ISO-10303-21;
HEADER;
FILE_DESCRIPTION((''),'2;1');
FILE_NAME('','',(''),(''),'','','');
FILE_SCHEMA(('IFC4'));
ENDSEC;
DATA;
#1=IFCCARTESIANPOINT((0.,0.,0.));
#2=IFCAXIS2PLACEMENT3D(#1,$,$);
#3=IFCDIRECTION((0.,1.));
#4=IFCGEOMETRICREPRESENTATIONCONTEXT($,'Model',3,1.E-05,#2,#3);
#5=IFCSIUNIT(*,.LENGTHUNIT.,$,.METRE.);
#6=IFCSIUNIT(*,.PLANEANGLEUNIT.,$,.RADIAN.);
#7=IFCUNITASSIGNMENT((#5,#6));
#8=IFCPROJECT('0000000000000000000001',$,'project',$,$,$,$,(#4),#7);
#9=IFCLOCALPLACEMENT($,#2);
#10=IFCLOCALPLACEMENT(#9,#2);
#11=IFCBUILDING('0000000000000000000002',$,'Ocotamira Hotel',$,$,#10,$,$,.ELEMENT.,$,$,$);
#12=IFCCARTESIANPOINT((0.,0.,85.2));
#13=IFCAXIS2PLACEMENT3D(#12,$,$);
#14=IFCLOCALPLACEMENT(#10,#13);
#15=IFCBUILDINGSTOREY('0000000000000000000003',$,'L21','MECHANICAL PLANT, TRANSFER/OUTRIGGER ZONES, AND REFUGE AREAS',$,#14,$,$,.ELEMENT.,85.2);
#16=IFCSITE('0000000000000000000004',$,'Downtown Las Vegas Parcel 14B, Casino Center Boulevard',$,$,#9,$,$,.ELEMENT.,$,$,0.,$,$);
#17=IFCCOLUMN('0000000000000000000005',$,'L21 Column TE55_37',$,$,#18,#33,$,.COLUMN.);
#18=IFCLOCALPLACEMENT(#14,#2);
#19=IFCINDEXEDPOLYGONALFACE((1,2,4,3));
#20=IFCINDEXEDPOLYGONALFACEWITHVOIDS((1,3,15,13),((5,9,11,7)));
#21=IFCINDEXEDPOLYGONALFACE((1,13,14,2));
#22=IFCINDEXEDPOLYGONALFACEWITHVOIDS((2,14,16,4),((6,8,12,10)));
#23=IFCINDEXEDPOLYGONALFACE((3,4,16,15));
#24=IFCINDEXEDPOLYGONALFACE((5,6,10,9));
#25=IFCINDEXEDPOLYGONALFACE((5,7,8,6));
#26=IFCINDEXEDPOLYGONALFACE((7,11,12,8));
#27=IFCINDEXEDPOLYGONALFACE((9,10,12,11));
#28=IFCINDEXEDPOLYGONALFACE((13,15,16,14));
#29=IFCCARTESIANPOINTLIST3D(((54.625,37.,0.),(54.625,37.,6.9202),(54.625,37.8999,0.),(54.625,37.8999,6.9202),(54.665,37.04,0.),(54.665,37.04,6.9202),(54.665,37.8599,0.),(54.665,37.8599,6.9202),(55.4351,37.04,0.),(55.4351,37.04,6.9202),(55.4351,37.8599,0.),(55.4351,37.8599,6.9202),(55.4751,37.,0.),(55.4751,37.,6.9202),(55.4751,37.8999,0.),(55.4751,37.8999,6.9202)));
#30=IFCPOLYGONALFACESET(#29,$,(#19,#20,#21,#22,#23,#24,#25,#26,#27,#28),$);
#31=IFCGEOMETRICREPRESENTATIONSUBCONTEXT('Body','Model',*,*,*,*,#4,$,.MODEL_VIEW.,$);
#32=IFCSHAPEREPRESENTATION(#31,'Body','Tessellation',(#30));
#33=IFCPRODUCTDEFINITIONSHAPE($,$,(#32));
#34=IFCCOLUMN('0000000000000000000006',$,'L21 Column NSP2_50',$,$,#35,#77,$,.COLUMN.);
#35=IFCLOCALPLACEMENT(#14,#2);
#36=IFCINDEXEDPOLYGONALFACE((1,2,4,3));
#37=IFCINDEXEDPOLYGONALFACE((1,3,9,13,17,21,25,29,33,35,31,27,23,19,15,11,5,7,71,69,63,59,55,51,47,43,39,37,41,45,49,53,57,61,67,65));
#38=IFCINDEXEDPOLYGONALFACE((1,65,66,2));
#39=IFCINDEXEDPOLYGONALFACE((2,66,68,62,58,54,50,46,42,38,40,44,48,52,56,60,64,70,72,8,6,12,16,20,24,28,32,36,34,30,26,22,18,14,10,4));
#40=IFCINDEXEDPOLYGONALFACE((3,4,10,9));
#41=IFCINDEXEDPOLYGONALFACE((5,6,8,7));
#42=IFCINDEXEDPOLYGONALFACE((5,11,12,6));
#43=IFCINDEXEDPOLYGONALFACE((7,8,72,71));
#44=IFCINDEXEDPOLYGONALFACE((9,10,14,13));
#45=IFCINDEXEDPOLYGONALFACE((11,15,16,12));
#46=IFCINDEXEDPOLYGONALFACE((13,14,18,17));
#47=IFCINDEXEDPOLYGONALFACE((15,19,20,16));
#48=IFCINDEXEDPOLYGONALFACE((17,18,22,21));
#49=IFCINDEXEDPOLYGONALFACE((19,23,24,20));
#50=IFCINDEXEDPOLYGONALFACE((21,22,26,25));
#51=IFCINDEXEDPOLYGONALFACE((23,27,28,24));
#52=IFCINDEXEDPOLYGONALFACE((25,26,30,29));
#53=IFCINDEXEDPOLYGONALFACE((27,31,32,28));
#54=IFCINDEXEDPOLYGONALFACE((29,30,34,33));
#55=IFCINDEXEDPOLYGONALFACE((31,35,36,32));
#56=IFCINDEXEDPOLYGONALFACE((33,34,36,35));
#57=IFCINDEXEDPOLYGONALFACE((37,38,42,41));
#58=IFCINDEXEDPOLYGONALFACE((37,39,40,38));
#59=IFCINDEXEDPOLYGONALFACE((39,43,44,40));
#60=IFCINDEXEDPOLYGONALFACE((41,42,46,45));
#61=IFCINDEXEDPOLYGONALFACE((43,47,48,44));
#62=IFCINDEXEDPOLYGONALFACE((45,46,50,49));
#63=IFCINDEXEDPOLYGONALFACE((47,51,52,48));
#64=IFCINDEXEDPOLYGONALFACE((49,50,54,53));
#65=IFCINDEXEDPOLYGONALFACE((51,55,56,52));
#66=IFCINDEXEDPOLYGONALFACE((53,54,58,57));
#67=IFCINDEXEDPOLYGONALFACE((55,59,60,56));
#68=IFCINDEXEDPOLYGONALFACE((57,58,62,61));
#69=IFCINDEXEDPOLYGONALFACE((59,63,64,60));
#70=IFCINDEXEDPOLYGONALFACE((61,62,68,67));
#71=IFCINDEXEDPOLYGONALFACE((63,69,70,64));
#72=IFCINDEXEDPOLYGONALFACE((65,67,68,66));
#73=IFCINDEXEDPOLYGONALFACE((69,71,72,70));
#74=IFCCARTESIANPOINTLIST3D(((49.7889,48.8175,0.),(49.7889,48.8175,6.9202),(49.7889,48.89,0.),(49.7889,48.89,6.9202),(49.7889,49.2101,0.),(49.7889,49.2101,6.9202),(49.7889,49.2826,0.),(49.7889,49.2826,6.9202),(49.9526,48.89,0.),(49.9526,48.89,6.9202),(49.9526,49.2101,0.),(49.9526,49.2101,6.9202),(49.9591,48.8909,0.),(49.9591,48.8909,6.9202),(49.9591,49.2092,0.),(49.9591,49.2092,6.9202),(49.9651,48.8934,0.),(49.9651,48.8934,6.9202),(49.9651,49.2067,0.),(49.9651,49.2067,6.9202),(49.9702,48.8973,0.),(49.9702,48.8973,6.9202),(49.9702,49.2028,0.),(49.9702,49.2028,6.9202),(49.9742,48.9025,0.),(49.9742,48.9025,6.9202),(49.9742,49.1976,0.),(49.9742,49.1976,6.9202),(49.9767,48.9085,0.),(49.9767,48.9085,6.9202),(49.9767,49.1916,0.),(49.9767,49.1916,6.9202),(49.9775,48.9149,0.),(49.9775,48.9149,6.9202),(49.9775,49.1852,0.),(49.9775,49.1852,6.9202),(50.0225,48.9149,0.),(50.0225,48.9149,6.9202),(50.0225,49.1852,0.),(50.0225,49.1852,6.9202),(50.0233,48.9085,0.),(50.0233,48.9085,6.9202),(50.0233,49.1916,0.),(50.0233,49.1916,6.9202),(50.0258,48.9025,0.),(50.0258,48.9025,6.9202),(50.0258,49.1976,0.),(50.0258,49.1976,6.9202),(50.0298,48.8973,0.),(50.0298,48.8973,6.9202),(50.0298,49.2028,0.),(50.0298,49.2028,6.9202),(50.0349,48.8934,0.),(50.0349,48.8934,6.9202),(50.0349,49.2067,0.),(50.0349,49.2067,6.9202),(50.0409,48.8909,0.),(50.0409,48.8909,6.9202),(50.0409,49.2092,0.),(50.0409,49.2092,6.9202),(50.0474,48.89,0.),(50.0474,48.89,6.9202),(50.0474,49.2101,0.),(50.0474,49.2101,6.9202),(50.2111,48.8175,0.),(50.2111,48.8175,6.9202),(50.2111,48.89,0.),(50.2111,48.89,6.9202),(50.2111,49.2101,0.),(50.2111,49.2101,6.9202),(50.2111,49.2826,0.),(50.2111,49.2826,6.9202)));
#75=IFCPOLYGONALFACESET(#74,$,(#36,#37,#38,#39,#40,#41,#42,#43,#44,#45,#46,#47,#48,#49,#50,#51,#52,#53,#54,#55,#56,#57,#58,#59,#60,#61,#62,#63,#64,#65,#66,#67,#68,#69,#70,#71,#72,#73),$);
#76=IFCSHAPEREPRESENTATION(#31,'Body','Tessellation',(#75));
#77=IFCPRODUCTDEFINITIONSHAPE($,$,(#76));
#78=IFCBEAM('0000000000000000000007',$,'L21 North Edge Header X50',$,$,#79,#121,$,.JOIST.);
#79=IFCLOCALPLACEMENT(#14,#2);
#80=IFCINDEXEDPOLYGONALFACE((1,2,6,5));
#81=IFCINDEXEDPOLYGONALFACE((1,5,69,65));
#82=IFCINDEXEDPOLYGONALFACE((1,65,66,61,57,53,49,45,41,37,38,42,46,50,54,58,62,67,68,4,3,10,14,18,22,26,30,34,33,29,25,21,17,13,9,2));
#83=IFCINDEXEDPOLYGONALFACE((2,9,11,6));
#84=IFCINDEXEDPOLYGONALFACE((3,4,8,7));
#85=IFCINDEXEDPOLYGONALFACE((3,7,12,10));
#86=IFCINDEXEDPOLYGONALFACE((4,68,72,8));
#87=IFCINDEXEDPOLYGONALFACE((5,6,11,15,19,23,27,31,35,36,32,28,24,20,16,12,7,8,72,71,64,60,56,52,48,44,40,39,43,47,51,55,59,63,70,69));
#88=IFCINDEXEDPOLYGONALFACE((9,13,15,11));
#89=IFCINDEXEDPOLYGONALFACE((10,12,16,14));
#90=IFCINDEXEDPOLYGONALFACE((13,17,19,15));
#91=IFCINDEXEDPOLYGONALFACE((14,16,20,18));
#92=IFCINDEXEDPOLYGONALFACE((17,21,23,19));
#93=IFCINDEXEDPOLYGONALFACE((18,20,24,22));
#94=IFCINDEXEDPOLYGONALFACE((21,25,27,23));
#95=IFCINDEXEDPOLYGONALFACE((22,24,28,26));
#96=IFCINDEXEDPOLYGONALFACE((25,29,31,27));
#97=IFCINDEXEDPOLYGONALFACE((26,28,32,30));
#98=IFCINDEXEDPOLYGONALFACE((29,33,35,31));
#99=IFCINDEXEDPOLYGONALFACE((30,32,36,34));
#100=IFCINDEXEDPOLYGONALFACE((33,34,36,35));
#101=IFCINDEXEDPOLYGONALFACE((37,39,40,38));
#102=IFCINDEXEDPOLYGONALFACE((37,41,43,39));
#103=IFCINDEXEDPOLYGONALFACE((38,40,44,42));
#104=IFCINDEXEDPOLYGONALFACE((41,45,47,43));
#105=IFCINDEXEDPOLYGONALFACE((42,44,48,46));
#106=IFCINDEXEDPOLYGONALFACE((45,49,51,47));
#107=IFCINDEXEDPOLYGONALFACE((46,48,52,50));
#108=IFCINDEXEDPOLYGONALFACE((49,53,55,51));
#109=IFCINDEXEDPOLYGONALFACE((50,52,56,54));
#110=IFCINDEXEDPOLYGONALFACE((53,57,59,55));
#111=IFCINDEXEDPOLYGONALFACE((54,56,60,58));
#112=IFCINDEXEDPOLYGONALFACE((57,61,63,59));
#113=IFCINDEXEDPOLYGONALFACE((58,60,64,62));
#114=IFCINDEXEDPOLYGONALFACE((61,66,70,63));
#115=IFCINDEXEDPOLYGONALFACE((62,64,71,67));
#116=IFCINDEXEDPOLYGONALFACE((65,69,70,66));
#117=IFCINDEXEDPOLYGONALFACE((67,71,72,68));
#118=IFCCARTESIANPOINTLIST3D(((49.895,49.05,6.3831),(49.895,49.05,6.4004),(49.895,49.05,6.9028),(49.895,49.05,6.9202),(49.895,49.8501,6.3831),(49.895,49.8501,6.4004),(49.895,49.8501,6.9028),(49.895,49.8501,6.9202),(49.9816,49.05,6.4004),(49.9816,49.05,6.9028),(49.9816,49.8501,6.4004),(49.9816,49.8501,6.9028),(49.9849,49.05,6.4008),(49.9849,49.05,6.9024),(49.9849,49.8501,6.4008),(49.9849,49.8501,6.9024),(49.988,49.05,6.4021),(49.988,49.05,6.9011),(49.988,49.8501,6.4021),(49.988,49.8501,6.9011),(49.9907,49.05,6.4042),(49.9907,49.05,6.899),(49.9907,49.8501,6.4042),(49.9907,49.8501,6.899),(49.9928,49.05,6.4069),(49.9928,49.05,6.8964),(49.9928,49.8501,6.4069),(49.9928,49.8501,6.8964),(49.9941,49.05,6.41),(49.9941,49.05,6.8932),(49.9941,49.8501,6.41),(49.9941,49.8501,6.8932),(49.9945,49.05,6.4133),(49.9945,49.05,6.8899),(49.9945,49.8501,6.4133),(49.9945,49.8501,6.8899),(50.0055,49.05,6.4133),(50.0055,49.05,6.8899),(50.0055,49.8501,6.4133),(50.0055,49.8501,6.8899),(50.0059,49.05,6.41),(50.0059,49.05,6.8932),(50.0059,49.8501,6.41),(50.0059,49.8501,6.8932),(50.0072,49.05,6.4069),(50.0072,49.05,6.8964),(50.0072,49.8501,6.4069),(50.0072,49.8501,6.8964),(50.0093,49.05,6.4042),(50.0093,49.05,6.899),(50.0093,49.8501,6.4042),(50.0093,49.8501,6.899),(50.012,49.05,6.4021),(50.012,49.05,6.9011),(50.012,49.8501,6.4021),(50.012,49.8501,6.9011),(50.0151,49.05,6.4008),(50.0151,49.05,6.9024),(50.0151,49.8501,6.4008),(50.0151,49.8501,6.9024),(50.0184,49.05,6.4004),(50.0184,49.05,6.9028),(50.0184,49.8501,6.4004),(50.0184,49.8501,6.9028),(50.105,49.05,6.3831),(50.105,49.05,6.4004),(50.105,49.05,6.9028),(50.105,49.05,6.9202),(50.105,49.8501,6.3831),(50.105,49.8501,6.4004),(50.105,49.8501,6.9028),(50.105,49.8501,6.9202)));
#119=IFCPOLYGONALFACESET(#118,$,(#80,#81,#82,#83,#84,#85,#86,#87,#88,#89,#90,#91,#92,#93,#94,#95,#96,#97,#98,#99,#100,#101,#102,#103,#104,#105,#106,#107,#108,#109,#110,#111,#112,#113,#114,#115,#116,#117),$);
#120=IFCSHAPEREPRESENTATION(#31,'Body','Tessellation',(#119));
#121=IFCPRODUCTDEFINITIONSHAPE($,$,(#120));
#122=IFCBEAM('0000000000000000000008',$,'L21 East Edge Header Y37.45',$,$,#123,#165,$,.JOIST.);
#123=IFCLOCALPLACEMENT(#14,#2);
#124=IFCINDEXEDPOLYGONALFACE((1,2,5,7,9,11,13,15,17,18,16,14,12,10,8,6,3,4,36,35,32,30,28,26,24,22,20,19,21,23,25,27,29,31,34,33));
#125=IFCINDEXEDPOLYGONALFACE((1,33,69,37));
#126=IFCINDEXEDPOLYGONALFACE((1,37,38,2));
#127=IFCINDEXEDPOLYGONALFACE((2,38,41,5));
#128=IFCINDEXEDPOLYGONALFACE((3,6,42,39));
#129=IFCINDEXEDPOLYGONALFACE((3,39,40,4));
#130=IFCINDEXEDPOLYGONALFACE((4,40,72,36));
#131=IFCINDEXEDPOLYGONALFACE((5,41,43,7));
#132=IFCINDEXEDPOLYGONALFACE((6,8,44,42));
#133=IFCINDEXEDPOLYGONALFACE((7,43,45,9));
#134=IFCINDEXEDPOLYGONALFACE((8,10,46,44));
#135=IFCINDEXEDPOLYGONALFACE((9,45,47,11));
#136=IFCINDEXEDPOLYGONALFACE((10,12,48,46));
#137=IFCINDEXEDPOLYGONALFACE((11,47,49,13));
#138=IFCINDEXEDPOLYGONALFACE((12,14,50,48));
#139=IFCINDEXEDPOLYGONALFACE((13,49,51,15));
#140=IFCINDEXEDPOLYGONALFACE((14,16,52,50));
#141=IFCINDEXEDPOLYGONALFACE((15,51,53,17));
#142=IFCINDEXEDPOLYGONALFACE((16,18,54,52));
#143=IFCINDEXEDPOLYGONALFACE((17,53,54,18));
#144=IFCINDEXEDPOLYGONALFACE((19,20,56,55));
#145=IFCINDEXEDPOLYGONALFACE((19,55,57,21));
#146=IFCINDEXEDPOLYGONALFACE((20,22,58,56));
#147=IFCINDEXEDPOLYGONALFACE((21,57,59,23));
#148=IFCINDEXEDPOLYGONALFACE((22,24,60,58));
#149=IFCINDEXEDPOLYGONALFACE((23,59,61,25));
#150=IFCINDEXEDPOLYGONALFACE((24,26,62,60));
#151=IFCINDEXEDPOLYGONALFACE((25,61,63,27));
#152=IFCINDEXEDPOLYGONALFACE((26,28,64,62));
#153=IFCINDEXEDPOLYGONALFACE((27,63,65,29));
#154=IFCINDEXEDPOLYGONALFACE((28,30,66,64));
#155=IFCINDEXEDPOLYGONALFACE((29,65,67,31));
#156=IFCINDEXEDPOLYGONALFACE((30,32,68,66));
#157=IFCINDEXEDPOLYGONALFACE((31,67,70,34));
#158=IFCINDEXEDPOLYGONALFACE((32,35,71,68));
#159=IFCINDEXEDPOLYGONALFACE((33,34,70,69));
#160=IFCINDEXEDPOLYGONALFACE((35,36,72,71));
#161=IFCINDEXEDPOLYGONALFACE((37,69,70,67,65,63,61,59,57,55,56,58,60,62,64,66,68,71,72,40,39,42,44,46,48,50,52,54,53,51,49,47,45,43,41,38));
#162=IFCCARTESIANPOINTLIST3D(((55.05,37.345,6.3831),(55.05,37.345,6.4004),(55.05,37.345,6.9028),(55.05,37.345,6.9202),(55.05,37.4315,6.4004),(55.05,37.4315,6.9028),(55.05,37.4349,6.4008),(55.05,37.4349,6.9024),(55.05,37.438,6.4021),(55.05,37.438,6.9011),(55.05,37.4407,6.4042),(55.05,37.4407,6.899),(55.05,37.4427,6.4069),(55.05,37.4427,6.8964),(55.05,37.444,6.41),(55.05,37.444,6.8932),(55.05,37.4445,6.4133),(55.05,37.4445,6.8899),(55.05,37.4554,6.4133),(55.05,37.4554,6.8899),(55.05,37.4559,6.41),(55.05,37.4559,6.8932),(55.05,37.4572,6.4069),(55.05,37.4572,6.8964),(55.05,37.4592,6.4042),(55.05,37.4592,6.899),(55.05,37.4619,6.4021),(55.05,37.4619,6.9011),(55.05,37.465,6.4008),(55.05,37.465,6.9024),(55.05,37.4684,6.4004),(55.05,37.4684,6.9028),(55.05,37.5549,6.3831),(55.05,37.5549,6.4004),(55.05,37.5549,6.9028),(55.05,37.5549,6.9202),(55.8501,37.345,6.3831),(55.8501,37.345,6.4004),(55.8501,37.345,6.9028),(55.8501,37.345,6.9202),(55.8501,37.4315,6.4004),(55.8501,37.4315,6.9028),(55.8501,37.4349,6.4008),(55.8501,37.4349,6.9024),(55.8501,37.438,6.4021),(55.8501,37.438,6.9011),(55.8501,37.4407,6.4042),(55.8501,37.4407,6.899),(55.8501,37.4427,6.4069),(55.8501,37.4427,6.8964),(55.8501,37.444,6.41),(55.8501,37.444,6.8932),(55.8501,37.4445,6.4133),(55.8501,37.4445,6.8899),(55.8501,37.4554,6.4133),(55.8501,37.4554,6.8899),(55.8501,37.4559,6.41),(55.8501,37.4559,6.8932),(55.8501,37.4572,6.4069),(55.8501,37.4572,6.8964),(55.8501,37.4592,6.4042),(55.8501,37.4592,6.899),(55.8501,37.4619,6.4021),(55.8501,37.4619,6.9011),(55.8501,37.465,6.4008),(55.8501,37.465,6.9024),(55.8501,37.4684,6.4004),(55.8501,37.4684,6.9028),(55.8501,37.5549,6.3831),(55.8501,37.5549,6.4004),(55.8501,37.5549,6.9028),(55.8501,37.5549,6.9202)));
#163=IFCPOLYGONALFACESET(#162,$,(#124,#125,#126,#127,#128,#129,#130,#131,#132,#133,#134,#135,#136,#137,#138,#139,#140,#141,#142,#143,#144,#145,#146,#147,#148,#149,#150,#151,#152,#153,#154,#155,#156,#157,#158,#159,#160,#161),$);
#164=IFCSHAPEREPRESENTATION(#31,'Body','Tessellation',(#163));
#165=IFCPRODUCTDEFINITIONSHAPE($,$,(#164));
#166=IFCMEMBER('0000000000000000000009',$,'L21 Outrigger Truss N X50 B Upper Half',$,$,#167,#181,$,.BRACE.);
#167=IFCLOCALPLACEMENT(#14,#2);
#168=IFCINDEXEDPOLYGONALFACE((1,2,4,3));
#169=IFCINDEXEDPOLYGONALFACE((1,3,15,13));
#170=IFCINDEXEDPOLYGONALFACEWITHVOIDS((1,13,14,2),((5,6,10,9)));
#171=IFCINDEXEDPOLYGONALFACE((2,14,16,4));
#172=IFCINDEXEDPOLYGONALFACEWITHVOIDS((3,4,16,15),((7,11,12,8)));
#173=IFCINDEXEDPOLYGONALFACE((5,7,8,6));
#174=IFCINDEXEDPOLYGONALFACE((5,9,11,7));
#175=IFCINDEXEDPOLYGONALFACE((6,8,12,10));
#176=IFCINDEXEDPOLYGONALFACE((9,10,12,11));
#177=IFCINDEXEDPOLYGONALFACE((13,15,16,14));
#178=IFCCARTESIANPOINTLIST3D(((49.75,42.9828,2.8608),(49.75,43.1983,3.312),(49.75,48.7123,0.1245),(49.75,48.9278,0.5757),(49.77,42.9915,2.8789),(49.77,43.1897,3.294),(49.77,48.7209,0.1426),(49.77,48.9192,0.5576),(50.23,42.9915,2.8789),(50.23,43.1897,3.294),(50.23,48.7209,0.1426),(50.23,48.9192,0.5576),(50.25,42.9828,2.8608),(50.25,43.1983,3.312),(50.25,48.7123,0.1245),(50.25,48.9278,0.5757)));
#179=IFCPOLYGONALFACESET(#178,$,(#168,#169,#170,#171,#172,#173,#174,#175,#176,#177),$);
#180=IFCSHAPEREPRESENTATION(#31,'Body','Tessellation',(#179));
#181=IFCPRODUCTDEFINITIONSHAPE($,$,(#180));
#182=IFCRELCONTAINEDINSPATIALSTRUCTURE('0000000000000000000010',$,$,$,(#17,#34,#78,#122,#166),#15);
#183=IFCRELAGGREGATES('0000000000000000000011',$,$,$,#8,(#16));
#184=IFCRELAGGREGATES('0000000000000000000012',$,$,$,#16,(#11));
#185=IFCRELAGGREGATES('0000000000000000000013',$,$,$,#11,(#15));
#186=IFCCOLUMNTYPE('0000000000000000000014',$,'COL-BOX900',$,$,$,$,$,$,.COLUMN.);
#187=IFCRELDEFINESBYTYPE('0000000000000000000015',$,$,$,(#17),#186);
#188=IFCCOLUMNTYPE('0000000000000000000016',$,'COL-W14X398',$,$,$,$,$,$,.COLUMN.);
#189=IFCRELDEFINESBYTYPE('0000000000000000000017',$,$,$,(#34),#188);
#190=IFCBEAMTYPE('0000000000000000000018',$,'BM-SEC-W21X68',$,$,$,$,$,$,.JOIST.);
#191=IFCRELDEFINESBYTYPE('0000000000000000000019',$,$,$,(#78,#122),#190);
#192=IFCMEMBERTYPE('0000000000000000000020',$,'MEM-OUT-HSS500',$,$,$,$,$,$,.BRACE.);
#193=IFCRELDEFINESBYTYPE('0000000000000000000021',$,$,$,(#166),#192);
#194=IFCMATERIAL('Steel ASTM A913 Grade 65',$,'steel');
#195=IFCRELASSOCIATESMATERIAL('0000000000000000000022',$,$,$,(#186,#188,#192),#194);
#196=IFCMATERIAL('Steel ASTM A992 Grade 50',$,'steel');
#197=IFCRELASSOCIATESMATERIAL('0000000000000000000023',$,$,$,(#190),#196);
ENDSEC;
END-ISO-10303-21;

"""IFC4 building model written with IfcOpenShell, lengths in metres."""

from ifc_helpers import new_model, si_unit, direction, frame, origin, origin_2d, place, context, subcontext, project, spatial, hollow_rectangle, i_section, extrude, source, transform, mapped, material, material_profile, profile_set, type_object, element, save


model = new_model("IFC4")

# Units and contexts
model_context = context("Model", 3, precision=1e-05, world=origin(), true_north=direction((0.0, 1.0)))
body_context = subcontext(model_context, "Body", "Model", "MODEL_VIEW")
ifc_project = project(units=[si_unit("LENGTHUNIT", "METRE"), si_unit("PLANEANGLEUNIT", "RADIAN")], contexts=[model_context])

# Site, building, storey
site_placement = place(None, origin())
site = spatial("IfcSite", under=ifc_project, at=site_placement, Name="Downtown Las Vegas Parcel 14B, Casino Center Boulevard", CompositionType="ELEMENT", RefElevation=0.0)
building_placement = place(site_placement, origin())
building = spatial("IfcBuilding", under=site, at=building_placement, Name="Ocotamira Hotel", CompositionType="ELEMENT")
storey_placement = place(building_placement, frame((0.0, 0.0, 85.2)))
storey = spatial("IfcBuildingStorey", under=building, at=storey_placement, Name="L21", Description="MECHANICAL PLANT, TRANSFER/OUTRIGGER ZONES, AND REFUGE AREAS", CompositionType="ELEMENT", Elevation=85.2)

# Columns
ifc_material_1 = material(Name="Steel ASTM A913 Grade 65", Category="steel")
ifc_material_profile_1 = material_profile(ifc_material_1, hollow_rectangle(XDim=0.8501, YDim=0.8999, WallThickness=0.04, at=origin_2d()), Name="BOX900X850X40")
ifc_profile_set_1 = profile_set([ifc_material_profile_1], Name="Steel ASTM A913 Grade 65")
column_type_1 = type_object("IfcColumnType", Name="COL-BOX900", PredefinedType="COLUMN", material=ifc_profile_set_1)
shared_shape_1 = source(origin(), body_context, "Body", "SweptSolid", [
    extrude(hollow_rectangle(XDim=0.8501, YDim=0.8999, WallThickness=0.04, at=origin_2d()), origin(), (0.0, 0.0, 1.0), 6.9202),
])
column_1_placement = place(storey_placement, frame((55.05, 37.45, 0.0), z_axis=(0.0, 0.0, 1.0), x_axis=(1.0, 0.0, 0.0)))
element("IfcColumn", 1, at=column_1_placement, inside=storey, type_object=column_type_1, Name="L21 Column TE55_37", PredefinedType="COLUMN", context=body_context, shape_type="MappedRepresentation", body=[
    mapped(shared_shape_1, transform((0.0, 0.0, 0.0), scale=1.0)),
])
ifc_material_profile_2 = material_profile(ifc_material_1, i_section(OverallWidth=0.4221, OverallDepth=0.4651, WebThickness=0.0449, FlangeThickness=0.0725, FilletRadius=0.0249, at=origin_2d()), Name="W14X398")
ifc_profile_set_2 = profile_set([ifc_material_profile_2], Name="Steel ASTM A913 Grade 65")
column_type_2 = type_object("IfcColumnType", Name="COL-W14X398", PredefinedType="COLUMN", material=ifc_profile_set_2)
shared_shape_2 = source(origin(), body_context, "Body", "SweptSolid", [
    extrude(i_section(OverallWidth=0.4221, OverallDepth=0.4651, WebThickness=0.0449, FlangeThickness=0.0725, FilletRadius=0.0249, at=origin_2d()), origin(), (0.0, 0.0, 1.0), 6.9202),
])
column_2_placement = place(storey_placement, frame((50.0, 49.05, 0.0), z_axis=(0.0, 0.0, 1.0), x_axis=(1.0, 0.0, 0.0)))
element("IfcColumn", 2, at=column_2_placement, inside=storey, type_object=column_type_2, Name="L21 Column NSP2_50", PredefinedType="COLUMN", context=body_context, shape_type="MappedRepresentation", body=[
    mapped(shared_shape_2, transform((0.0, 0.0, 0.0), scale=1.0)),
])

# Beams
ifc_material_2 = material(Name="Steel ASTM A992 Grade 50", Category="steel")
ifc_material_profile_3 = material_profile(ifc_material_2, i_section(OverallWidth=0.21, OverallDepth=0.5371, WebThickness=0.011, FlangeThickness=0.0173, FilletRadius=0.0129, at=origin_2d()), Name="W21X68")
ifc_profile_set_3 = profile_set([ifc_material_profile_3], Name="Steel ASTM A992 Grade 50")
beam_type = type_object("IfcBeamType", Name="BM-SEC-W21X68", PredefinedType="JOIST", material=ifc_profile_set_3)
shared_shape_3 = source(origin(), body_context, "Body", "SweptSolid", [
    extrude(i_section(OverallWidth=0.21, OverallDepth=0.5371, WebThickness=0.011, FlangeThickness=0.0173, FilletRadius=0.0129, at=origin_2d()), origin(), (0.0, 0.0, 1.0), 0.8),
])
for number, where, z_axis, x_axis, name in (
    (3, (50.0, 49.05, 6.6516), (0.0, 1.0, 0.0), (-1.0, 0.0, 0.0), "L21 North Edge Header X50"),
    (4, (55.05, 37.45, 6.6516), (1.0, 0.0, 0.0), (0.0, 1.0, 0.0), "L21 East Edge Header Y37.45"),
):
    element("IfcBeam", number, at=place(storey_placement, frame(where, z_axis=z_axis, x_axis=x_axis)), inside=storey, type_object=beam_type, Name=name, PredefinedType="JOIST", context=body_context, shape_type="MappedRepresentation", body=[
        mapped(shared_shape_3, transform((0.0, 0.0, 0.0), scale=1.0)),
    ])

# Member
ifc_material_profile_4 = material_profile(ifc_material_1, hollow_rectangle(XDim=0.5, YDim=0.5, WallThickness=0.02, at=origin_2d()), Name="HSS500X500X20")
ifc_profile_set_4 = profile_set([ifc_material_profile_4], Name="Steel ASTM A913 Grade 65")
member_type_1 = type_object("IfcMemberType", Name="MEM-OUT-HSS500", PredefinedType="BRACE", material=ifc_profile_set_4)
shared_shape_4 = source(origin(), body_context, "Body", "SweptSolid", [
    extrude(hollow_rectangle(XDim=0.5, YDim=0.5, WallThickness=0.02, at=origin_2d()), origin(), (0.0, 0.0, 1.0), 6.3494),
])
member_1_placement = place(storey_placement, frame((50.0, 43.0906, 3.0864), z_axis=(0.0, 0.902371, -0.43096), x_axis=(-1.0, 0.0, 0.0)))
element("IfcMember", 5, at=member_1_placement, inside=storey, type_object=member_type_1, Name="L21 Outrigger Truss N X50 B Upper Half", PredefinedType="BRACE", context=body_context, shape_type="MappedRepresentation", body=[
    mapped(shared_shape_4, transform((0.0, 0.0, 0.0), scale=1.0)),
])

save(model, "model.ifc")
